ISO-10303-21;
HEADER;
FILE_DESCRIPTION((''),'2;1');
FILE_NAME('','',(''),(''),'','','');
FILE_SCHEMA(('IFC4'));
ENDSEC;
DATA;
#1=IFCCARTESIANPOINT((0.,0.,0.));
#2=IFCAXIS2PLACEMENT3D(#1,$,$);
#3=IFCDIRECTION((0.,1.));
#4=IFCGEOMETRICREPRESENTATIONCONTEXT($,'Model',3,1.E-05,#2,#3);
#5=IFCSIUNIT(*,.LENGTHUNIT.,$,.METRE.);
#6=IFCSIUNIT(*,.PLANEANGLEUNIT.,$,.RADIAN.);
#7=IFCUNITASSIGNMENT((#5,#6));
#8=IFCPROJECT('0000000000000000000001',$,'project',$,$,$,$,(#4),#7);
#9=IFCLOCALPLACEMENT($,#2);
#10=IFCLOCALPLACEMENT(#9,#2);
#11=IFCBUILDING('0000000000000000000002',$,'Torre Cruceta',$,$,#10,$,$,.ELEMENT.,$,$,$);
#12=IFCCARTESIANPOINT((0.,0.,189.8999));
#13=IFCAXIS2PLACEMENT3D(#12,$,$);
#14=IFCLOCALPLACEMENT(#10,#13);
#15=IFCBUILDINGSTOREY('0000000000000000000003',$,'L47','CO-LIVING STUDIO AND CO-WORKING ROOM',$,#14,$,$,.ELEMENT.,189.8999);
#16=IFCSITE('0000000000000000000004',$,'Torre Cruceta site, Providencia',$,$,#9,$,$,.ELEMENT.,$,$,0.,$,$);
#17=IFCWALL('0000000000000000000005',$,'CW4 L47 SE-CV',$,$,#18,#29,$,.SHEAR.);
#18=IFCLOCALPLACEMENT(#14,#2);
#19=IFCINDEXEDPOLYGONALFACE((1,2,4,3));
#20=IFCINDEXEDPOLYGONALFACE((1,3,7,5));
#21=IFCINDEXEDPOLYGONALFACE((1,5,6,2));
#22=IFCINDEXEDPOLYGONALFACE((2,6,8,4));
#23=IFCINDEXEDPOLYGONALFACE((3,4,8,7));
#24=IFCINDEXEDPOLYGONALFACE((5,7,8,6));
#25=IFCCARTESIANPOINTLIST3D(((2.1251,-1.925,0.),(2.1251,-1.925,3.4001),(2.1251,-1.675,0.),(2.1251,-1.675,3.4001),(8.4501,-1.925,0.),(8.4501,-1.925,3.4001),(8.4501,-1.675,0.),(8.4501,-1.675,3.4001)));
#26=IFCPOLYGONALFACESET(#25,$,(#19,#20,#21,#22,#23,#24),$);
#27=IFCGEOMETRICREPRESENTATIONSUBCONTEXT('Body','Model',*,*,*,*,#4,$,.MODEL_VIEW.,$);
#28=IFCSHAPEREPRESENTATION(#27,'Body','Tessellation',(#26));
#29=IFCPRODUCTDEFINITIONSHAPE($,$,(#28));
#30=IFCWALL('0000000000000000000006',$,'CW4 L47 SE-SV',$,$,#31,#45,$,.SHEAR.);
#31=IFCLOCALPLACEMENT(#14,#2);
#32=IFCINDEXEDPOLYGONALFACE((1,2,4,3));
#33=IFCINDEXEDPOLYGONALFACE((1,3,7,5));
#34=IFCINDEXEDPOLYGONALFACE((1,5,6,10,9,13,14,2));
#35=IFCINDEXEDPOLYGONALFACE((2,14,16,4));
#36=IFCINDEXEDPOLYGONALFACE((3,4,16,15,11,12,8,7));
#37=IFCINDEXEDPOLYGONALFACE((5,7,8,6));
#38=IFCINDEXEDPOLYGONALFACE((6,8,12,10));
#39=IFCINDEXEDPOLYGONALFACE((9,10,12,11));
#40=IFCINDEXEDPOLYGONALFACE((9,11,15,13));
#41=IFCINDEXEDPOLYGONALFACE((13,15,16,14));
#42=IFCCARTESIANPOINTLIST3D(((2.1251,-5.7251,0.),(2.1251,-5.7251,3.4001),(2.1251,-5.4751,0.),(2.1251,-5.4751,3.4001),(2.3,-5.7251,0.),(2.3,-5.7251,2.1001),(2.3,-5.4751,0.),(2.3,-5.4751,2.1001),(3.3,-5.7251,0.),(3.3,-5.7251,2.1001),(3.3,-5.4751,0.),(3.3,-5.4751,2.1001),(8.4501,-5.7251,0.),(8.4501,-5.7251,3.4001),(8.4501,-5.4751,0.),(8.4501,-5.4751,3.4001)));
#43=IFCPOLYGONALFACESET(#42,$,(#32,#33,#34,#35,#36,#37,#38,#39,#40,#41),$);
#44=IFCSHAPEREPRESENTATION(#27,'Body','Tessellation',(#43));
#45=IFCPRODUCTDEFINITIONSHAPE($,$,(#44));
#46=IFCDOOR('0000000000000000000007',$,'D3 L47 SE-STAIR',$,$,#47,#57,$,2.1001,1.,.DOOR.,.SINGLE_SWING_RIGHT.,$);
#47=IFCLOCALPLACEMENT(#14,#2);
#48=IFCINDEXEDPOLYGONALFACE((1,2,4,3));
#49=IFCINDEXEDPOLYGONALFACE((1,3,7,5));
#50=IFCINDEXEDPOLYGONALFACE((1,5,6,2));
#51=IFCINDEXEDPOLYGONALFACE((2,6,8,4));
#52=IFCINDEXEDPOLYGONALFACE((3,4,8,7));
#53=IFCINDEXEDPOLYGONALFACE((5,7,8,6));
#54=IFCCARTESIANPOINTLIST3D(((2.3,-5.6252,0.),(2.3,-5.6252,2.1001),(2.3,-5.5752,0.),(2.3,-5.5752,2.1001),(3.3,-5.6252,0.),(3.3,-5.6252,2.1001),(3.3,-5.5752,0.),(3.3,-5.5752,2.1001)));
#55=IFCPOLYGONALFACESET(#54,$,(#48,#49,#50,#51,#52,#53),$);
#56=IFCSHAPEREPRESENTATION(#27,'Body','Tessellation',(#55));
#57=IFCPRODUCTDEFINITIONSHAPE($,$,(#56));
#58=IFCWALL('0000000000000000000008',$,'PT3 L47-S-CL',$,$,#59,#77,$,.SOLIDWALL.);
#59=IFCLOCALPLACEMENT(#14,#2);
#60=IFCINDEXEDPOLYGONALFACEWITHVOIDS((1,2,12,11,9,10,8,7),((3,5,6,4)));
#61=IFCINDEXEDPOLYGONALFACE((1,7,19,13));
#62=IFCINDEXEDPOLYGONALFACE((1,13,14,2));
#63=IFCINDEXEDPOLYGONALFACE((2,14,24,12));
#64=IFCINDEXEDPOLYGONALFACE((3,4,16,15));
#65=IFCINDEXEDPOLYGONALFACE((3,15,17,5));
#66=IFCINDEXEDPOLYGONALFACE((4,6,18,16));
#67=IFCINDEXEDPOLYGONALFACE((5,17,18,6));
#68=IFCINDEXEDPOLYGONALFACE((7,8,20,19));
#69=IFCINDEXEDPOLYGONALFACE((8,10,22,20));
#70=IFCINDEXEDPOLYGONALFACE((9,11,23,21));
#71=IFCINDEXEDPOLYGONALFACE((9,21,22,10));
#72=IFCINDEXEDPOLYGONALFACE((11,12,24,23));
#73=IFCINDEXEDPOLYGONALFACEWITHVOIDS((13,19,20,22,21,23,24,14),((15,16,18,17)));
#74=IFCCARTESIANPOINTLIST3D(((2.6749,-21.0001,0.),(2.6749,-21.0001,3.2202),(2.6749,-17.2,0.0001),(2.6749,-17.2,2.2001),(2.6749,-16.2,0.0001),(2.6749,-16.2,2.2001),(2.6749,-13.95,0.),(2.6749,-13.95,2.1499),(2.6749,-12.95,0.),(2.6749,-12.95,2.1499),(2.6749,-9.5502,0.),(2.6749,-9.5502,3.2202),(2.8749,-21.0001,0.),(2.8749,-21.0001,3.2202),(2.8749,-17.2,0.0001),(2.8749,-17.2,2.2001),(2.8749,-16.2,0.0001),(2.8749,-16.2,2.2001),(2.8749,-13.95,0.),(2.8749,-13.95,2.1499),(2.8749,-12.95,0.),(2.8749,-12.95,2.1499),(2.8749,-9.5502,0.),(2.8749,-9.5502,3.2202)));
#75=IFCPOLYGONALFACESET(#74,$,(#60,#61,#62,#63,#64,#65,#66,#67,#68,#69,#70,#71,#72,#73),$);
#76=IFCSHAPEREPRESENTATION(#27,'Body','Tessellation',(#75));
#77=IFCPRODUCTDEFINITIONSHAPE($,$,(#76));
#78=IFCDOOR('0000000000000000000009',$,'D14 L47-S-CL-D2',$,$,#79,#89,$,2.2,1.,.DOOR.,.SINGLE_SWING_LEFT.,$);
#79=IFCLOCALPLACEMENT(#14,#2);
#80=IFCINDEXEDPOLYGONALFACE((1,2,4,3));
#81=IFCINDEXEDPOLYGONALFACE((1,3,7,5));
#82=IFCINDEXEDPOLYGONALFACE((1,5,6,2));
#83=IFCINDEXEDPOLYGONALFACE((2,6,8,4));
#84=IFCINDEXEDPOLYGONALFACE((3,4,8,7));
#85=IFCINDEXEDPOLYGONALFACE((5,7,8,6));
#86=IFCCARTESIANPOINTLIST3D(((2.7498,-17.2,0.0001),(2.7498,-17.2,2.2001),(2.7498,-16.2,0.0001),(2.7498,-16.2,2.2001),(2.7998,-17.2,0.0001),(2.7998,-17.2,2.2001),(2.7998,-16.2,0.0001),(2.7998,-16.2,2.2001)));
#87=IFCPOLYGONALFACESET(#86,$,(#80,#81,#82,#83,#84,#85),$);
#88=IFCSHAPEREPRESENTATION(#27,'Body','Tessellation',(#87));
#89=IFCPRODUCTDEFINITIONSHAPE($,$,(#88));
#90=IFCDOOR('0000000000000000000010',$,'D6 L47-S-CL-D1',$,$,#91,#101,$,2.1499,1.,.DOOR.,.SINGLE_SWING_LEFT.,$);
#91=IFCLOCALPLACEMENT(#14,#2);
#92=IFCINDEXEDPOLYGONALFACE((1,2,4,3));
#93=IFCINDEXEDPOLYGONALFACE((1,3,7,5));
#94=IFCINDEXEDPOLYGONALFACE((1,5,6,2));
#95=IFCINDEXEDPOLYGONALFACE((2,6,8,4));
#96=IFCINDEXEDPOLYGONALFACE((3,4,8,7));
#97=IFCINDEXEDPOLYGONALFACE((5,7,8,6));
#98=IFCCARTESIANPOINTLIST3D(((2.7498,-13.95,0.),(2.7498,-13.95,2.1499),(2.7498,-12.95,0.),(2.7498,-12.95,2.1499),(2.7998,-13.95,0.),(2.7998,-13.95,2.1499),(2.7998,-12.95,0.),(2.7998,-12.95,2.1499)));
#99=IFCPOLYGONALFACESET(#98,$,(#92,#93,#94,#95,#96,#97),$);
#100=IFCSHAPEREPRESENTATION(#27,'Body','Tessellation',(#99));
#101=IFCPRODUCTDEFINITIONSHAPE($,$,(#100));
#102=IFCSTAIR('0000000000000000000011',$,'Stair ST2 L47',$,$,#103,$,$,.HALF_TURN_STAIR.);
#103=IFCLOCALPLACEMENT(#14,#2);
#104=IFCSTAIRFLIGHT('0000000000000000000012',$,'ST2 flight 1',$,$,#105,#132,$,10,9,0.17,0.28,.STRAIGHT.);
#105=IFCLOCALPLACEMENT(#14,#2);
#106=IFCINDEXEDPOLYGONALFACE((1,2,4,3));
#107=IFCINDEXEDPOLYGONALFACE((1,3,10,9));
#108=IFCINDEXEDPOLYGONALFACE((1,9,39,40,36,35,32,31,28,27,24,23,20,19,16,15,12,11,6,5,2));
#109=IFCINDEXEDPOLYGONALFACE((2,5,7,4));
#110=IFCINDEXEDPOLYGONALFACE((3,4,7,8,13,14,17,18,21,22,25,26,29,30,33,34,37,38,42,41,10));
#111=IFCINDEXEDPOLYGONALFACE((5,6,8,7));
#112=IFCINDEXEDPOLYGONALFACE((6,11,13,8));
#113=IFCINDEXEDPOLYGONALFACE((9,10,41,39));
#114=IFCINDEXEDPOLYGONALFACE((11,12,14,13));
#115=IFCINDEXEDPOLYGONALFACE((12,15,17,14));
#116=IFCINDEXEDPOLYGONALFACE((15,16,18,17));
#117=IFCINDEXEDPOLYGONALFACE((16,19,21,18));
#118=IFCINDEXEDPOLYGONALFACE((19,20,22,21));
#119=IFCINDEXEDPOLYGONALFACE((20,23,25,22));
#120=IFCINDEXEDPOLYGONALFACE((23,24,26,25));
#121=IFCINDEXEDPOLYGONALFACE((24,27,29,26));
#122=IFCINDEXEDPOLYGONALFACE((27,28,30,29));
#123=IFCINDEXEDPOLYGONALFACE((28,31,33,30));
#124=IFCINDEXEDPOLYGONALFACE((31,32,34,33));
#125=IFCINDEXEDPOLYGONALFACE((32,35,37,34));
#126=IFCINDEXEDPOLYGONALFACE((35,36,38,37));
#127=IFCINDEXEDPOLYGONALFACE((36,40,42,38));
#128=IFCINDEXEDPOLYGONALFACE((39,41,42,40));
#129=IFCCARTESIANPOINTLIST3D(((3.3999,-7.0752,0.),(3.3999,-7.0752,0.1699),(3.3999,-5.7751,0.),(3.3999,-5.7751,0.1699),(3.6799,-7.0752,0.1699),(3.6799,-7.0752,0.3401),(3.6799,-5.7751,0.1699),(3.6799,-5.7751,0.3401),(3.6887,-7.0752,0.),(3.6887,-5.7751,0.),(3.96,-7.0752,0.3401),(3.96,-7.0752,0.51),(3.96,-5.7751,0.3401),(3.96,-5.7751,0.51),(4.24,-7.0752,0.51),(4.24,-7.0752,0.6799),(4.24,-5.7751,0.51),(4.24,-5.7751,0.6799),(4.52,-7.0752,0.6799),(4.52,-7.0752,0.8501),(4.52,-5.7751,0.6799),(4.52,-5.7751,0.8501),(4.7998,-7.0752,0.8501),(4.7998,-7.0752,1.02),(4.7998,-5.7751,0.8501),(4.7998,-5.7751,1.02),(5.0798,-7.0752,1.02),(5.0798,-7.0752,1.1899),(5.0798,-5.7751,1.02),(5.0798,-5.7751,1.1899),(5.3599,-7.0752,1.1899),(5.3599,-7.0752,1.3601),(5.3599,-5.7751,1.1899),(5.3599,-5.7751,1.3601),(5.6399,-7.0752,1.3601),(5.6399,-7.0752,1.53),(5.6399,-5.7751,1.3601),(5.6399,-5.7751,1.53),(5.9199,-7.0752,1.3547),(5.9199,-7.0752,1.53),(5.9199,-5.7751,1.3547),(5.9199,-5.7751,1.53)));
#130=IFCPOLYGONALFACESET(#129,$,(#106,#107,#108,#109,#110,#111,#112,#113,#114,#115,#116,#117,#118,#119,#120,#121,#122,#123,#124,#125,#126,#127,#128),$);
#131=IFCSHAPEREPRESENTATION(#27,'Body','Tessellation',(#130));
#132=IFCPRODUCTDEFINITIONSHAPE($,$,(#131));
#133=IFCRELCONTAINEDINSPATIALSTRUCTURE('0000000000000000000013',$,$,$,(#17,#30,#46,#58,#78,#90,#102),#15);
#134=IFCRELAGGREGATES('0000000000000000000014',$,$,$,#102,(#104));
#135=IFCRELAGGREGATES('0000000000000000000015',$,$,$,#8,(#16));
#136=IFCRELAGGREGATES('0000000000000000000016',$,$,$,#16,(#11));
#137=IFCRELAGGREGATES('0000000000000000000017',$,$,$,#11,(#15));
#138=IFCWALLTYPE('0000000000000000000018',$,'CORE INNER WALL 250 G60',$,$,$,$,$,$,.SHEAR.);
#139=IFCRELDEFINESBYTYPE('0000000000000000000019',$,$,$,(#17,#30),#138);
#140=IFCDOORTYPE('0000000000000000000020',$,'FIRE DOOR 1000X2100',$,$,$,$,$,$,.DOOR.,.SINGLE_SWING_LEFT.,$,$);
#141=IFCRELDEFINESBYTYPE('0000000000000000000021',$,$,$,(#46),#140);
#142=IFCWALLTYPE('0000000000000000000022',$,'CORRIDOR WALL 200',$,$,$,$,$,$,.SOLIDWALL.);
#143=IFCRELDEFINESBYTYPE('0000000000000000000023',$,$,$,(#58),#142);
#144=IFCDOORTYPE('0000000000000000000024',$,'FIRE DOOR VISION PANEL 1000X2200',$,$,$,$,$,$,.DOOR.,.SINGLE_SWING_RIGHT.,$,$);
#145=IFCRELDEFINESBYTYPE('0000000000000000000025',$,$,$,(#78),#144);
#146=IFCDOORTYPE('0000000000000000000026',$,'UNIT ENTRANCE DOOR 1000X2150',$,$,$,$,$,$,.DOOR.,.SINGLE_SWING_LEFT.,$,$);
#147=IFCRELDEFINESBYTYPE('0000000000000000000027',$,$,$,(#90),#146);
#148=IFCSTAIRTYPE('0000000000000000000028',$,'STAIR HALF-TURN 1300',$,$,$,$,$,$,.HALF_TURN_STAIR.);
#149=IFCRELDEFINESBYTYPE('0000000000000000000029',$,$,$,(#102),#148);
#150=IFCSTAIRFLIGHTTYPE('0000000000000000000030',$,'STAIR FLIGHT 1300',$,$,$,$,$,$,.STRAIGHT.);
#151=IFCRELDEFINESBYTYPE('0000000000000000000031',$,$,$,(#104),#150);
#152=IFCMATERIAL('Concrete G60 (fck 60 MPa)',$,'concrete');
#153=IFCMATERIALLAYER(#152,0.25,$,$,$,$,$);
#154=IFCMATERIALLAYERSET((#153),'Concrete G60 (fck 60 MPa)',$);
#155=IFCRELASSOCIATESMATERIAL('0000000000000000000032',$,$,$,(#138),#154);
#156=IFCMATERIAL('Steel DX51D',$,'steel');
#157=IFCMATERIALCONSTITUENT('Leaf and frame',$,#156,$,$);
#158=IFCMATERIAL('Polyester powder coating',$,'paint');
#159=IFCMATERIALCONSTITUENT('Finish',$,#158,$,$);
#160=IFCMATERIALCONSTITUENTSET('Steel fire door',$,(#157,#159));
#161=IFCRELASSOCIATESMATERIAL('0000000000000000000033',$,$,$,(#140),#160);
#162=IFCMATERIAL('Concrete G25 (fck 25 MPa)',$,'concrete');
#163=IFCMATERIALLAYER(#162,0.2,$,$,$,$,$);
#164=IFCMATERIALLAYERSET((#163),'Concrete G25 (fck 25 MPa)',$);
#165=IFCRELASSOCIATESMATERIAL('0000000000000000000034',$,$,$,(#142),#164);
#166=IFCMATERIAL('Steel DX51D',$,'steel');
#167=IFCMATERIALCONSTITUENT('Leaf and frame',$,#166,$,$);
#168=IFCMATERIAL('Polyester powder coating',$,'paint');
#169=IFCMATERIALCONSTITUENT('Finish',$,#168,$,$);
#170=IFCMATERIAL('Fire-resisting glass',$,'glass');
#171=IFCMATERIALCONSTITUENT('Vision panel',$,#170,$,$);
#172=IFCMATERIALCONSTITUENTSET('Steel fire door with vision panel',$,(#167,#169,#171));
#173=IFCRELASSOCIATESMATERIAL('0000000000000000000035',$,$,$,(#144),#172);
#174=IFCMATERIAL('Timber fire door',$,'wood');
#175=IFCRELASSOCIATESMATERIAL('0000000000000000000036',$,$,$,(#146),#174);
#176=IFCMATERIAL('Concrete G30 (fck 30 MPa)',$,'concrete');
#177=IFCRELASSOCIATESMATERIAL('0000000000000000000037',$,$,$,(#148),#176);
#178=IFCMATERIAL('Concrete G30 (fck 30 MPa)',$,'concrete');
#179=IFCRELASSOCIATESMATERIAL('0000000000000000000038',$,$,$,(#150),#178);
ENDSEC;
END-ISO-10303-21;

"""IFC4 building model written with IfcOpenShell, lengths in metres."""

from ifc_helpers import new_model, si_unit, direction, frame, frame_2d, origin, place, context, subcontext, project, spatial, polyline, rectangle, outline, extrude, material, layer, layer_set, constituent, constituent_set, type_object, element, fill, aggregate, save


model = new_model("IFC4")

# Units and contexts
model_context = context("Model", 3, precision=1e-05, world=origin(), true_north=direction((0.0, 1.0)))
body_context = subcontext(model_context, "Body", "Model", "MODEL_VIEW")
ifc_project = project(units=[si_unit("LENGTHUNIT", "METRE"), si_unit("PLANEANGLEUNIT", "RADIAN")], contexts=[model_context])

# Site, building, storey
site_placement = place(None, origin())
site = spatial("IfcSite", under=ifc_project, at=site_placement, Name="Torre Cruceta site, Providencia", CompositionType="ELEMENT", RefElevation=0.0)
building_placement = place(site_placement, origin())
building = spatial("IfcBuilding", under=site, at=building_placement, Name="Torre Cruceta", CompositionType="ELEMENT")
storey_placement = place(building_placement, frame((0.0, 0.0, 189.8999)))
storey = spatial("IfcBuildingStorey", under=building, at=storey_placement, Name="L47", Description="CO-LIVING STUDIO AND CO-WORKING ROOM", CompositionType="ELEMENT", Elevation=189.8999)

# Shared definitions
ifc_material_1 = material(Name="Concrete G60 (fck 60 MPa)", Category="concrete")
ifc_layer_1 = layer(ifc_material_1, 0.25)
ifc_layer_set_1 = layer_set([ifc_layer_1], Name="Concrete G60 (fck 60 MPa)")
wall_type_1 = type_object("IfcWallType", Name="CORE INNER WALL 250 G60", PredefinedType="SHEAR", material=ifc_layer_set_1)
ifc_material_2 = material(Name="Steel DX51D", Category="steel")
ifc_constituent_1 = constituent(ifc_material_2, Name="Leaf and frame")
ifc_material_3 = material(Name="Polyester powder coating", Category="paint")
ifc_constituent_2 = constituent(ifc_material_3, Name="Finish")
ifc_constituent_set_1 = constituent_set(constituents=[ifc_constituent_1, ifc_constituent_2], Name="Steel fire door")
door_type_1 = type_object("IfcDoorType", Name="FIRE DOOR 1000X2100", OperationType="SINGLE_SWING_LEFT", PredefinedType="DOOR", material=ifc_constituent_set_1)

# Wall
wall_1_placement = place(storey_placement, frame((2.125, -1.8, 0.0), z_axis=(0.0, 0.0, 1.0), x_axis=(1.0, 0.0, 0.0)))
element("IfcWall", 1, at=wall_1_placement, inside=storey, type_object=wall_type_1, Name="CW4 L47 SE-CV", PredefinedType="SHEAR", context=body_context, shape_type="SweptSolid", body=[
    extrude(rectangle(XDim=6.325, YDim=0.25, at=frame_2d((3.1626, 0.0))), origin(), (0.0, 0.0, 1.0), 3.4001),
])

# Wall, opening, door
wall_2_placement = place(storey_placement, frame((2.125, -5.6001, 0.0), z_axis=(0.0, 0.0, 1.0), x_axis=(1.0, 0.0, 0.0)))
wall_2 = element("IfcWall", 2, at=wall_2_placement, inside=storey, type_object=wall_type_1, Name="CW4 L47 SE-SV", PredefinedType="SHEAR", context=body_context, shape_type="SweptSolid", body=[
    extrude(rectangle(XDim=6.325, YDim=0.25, at=frame_2d((3.1626, 0.0))), origin(), (0.0, 0.0, 1.0), 3.4001),
])
opening_1_placement = place(wall_2_placement, frame((0.175, 0.0, 0.0)))
opening_1 = element("IfcOpeningElement", 3, at=opening_1_placement, cuts=wall_2, PredefinedType="OPENING", context=body_context, shape_type="SweptSolid", body=[
    extrude(rectangle(XDim=1.0, YDim=2.1001, at=frame_2d((0.5, 1.05))), frame((0.0, 0.135, 0.0), z_axis=(0.0, -1.0, 0.0), x_axis=(1.0, 0.0, 0.0)), (0.0, 0.0, 1.0), 0.27),
])
door_1_placement = place(opening_1_placement, frame((1.0, 0.0, 0.0), z_axis=(0.0, 0.0, 1.0), x_axis=(-1.0, 0.0, 0.0)))
door_1 = element("IfcDoor", 4, at=door_1_placement, inside=storey, type_object=door_type_1, Name="D3 L47 SE-STAIR", OperationType="SINGLE_SWING_RIGHT", OverallHeight=2.1001, OverallWidth=1.0, PredefinedType="DOOR", context=body_context, shape_type="SweptSolid", body=[
    extrude(rectangle(XDim=1.0, YDim=2.1001, at=frame_2d((0.5, 1.05))), frame((0.0, 0.0251, 0.0), z_axis=(0.0, -1.0, 0.0), x_axis=(1.0, 0.0, 0.0)), (0.0, 0.0, 1.0), 0.05),
])
fill(opening_1, door_1)

# Wall, openings, doors
ifc_material_4 = material(Name="Concrete G25 (fck 25 MPa)", Category="concrete")
ifc_layer_2 = layer(ifc_material_4, 0.2)
ifc_layer_set_2 = layer_set([ifc_layer_2], Name="Concrete G25 (fck 25 MPa)")
wall_type_2 = type_object("IfcWallType", Name="CORRIDOR WALL 200", PredefinedType="SOLIDWALL", material=ifc_layer_set_2)
wall_3_placement = place(storey_placement, frame((2.7749, -9.55, 0.0), z_axis=(0.0, 0.0, 1.0), x_axis=(0.0, -1.0, 0.0)))
wall_3 = element("IfcWall", 5, at=wall_3_placement, inside=storey, type_object=wall_type_2, Name="PT3 L47-S-CL", PredefinedType="SOLIDWALL", context=body_context, shape_type="SweptSolid", body=[
    extrude(rectangle(XDim=11.45, YDim=0.2, at=frame_2d((5.7251, 0.0))), origin(), (0.0, 0.0, 1.0), 3.2202),
])
opening_2_placement = place(wall_3_placement, frame((3.3999, 0.0, 0.0)))
opening_2 = element("IfcOpeningElement", 6, at=opening_2_placement, cuts=wall_3, PredefinedType="OPENING", context=body_context, shape_type="SweptSolid", body=[
    extrude(rectangle(XDim=1.0, YDim=2.1499, at=frame_2d((0.5, 1.075))), frame((0.0, 0.1099, 0.0), z_axis=(0.0, -1.0, 0.0), x_axis=(1.0, 0.0, 0.0)), (0.0, 0.0, 1.0), 0.22),
])
opening_3_placement = place(wall_3_placement, frame((6.6499, 0.0, 0.0)))
opening_3 = element("IfcOpeningElement", 7, at=opening_3_placement, cuts=wall_3, PredefinedType="OPENING", context=body_context, shape_type="SweptSolid", body=[
    extrude(rectangle(XDim=1.0, YDim=2.2, at=frame_2d((0.5, 1.1001))), frame((0.0, 0.1099, 0.0), z_axis=(0.0, -1.0, 0.0), x_axis=(1.0, 0.0, 0.0)), (0.0, 0.0, 1.0), 0.22),
])
ifc_material_5 = material(Name="Steel DX51D", Category="steel")
ifc_constituent_3 = constituent(ifc_material_5, Name="Leaf and frame")
ifc_material_6 = material(Name="Polyester powder coating", Category="paint")
ifc_constituent_4 = constituent(ifc_material_6, Name="Finish")
ifc_material_7 = material(Name="Fire-resisting glass", Category="glass")
ifc_constituent_5 = constituent(ifc_material_7, Name="Vision panel")
ifc_constituent_set_2 = constituent_set(constituents=[ifc_constituent_3, ifc_constituent_4, ifc_constituent_5], Name="Steel fire door with vision panel")
door_type_2 = type_object("IfcDoorType", Name="FIRE DOOR VISION PANEL 1000X2200", OperationType="SINGLE_SWING_RIGHT", PredefinedType="DOOR", material=ifc_constituent_set_2)
door_2_placement = place(opening_3_placement, origin())
door_2 = element("IfcDoor", 8, at=door_2_placement, inside=storey, type_object=door_type_2, Name="D14 L47-S-CL-D2", OperationType="SINGLE_SWING_LEFT", OverallHeight=2.2, OverallWidth=1.0, PredefinedType="DOOR", context=body_context, shape_type="SweptSolid", body=[
    extrude(rectangle(XDim=1.0, YDim=2.2, at=frame_2d((0.5, 1.1001))), frame((0.0, 0.0249, 0.0), z_axis=(0.0, -1.0, 0.0), x_axis=(1.0, 0.0, 0.0)), (0.0, 0.0, 1.0), 0.05),
])
fill(opening_3, door_2)
ifc_material_8 = material(Name="Timber fire door", Category="wood")
door_type_3 = type_object("IfcDoorType", Name="UNIT ENTRANCE DOOR 1000X2150", OperationType="SINGLE_SWING_LEFT", PredefinedType="DOOR", material=ifc_material_8)
door_3_placement = place(opening_2_placement, origin())
door_3 = element("IfcDoor", 9, at=door_3_placement, inside=storey, type_object=door_type_3, Name="D6 L47-S-CL-D1", OperationType="SINGLE_SWING_LEFT", OverallHeight=2.1499, OverallWidth=1.0, PredefinedType="DOOR", context=body_context, shape_type="SweptSolid", body=[
    extrude(rectangle(XDim=1.0, YDim=2.1499, at=frame_2d((0.5, 1.075))), frame((0.0, 0.0249, 0.0), z_axis=(0.0, -1.0, 0.0), x_axis=(1.0, 0.0, 0.0)), (0.0, 0.0, 1.0), 0.05),
])
fill(opening_2, door_3)

# Stair, stair flight
ifc_material_9 = material(Name="Concrete G30 (fck 30 MPa)", Category="concrete")
stair_type = type_object("IfcStairType", Name="STAIR HALF-TURN 1300", PredefinedType="HALF_TURN_STAIR", material=ifc_material_9)
stair_placement = place(storey_placement, origin())
stair = element("IfcStair", 10, at=stair_placement, inside=storey, type_object=stair_type, Name="Stair ST2 L47", PredefinedType="HALF_TURN_STAIR")
ifc_material_10 = material(Name="Concrete G30 (fck 30 MPa)", Category="concrete")
stair_flight_type = type_object("IfcStairFlightType", Name="STAIR FLIGHT 1300", PredefinedType="STRAIGHT", material=ifc_material_10)
stair_flight_placement = place(storey_placement, frame((3.3999, -6.425, 0.0), z_axis=(0.0, 0.0, 1.0), x_axis=(1.0, 0.0, 0.0)))
stair_flight = element("IfcStairFlight", 11, at=stair_flight_placement, type_object=stair_flight_type, Name="ST2 flight 1", NumberOfRisers=10, NumberOfTreads=9, PredefinedType="STRAIGHT", RiserHeight=0.17, TreadLength=0.28, context=body_context, shape_type="SweptSolid", body=[
    extrude(outline(polyline([(0.0, 0.0), (0.0, 0.1699), (0.28, 0.1699), (0.28, 0.3401), (0.5601, 0.3401), (0.5601, 0.51), (0.8401, 0.51), (0.8401, 0.6799), (1.1201, 0.6799), (1.1201, 0.8501), (1.3999, 0.8501), (1.3999, 1.02), (1.6799, 1.02), (1.6799, 1.1899), (1.96, 1.1899), (1.96, 1.3601), (2.24, 1.3601), (2.24, 1.53), (2.52, 1.53), (2.52, 1.7), (2.52, 1.3547), (0.2888, 0.0), (0.0, 0.0)])), frame((0.0, 0.6499, 0.0), z_axis=(0.0, -1.0, 0.0), x_axis=(1.0, 0.0, 0.0)), (0.0, 0.0, 1.0), 1.3),
])
aggregate(stair, [stair_flight])

save(model, "model.ifc")
